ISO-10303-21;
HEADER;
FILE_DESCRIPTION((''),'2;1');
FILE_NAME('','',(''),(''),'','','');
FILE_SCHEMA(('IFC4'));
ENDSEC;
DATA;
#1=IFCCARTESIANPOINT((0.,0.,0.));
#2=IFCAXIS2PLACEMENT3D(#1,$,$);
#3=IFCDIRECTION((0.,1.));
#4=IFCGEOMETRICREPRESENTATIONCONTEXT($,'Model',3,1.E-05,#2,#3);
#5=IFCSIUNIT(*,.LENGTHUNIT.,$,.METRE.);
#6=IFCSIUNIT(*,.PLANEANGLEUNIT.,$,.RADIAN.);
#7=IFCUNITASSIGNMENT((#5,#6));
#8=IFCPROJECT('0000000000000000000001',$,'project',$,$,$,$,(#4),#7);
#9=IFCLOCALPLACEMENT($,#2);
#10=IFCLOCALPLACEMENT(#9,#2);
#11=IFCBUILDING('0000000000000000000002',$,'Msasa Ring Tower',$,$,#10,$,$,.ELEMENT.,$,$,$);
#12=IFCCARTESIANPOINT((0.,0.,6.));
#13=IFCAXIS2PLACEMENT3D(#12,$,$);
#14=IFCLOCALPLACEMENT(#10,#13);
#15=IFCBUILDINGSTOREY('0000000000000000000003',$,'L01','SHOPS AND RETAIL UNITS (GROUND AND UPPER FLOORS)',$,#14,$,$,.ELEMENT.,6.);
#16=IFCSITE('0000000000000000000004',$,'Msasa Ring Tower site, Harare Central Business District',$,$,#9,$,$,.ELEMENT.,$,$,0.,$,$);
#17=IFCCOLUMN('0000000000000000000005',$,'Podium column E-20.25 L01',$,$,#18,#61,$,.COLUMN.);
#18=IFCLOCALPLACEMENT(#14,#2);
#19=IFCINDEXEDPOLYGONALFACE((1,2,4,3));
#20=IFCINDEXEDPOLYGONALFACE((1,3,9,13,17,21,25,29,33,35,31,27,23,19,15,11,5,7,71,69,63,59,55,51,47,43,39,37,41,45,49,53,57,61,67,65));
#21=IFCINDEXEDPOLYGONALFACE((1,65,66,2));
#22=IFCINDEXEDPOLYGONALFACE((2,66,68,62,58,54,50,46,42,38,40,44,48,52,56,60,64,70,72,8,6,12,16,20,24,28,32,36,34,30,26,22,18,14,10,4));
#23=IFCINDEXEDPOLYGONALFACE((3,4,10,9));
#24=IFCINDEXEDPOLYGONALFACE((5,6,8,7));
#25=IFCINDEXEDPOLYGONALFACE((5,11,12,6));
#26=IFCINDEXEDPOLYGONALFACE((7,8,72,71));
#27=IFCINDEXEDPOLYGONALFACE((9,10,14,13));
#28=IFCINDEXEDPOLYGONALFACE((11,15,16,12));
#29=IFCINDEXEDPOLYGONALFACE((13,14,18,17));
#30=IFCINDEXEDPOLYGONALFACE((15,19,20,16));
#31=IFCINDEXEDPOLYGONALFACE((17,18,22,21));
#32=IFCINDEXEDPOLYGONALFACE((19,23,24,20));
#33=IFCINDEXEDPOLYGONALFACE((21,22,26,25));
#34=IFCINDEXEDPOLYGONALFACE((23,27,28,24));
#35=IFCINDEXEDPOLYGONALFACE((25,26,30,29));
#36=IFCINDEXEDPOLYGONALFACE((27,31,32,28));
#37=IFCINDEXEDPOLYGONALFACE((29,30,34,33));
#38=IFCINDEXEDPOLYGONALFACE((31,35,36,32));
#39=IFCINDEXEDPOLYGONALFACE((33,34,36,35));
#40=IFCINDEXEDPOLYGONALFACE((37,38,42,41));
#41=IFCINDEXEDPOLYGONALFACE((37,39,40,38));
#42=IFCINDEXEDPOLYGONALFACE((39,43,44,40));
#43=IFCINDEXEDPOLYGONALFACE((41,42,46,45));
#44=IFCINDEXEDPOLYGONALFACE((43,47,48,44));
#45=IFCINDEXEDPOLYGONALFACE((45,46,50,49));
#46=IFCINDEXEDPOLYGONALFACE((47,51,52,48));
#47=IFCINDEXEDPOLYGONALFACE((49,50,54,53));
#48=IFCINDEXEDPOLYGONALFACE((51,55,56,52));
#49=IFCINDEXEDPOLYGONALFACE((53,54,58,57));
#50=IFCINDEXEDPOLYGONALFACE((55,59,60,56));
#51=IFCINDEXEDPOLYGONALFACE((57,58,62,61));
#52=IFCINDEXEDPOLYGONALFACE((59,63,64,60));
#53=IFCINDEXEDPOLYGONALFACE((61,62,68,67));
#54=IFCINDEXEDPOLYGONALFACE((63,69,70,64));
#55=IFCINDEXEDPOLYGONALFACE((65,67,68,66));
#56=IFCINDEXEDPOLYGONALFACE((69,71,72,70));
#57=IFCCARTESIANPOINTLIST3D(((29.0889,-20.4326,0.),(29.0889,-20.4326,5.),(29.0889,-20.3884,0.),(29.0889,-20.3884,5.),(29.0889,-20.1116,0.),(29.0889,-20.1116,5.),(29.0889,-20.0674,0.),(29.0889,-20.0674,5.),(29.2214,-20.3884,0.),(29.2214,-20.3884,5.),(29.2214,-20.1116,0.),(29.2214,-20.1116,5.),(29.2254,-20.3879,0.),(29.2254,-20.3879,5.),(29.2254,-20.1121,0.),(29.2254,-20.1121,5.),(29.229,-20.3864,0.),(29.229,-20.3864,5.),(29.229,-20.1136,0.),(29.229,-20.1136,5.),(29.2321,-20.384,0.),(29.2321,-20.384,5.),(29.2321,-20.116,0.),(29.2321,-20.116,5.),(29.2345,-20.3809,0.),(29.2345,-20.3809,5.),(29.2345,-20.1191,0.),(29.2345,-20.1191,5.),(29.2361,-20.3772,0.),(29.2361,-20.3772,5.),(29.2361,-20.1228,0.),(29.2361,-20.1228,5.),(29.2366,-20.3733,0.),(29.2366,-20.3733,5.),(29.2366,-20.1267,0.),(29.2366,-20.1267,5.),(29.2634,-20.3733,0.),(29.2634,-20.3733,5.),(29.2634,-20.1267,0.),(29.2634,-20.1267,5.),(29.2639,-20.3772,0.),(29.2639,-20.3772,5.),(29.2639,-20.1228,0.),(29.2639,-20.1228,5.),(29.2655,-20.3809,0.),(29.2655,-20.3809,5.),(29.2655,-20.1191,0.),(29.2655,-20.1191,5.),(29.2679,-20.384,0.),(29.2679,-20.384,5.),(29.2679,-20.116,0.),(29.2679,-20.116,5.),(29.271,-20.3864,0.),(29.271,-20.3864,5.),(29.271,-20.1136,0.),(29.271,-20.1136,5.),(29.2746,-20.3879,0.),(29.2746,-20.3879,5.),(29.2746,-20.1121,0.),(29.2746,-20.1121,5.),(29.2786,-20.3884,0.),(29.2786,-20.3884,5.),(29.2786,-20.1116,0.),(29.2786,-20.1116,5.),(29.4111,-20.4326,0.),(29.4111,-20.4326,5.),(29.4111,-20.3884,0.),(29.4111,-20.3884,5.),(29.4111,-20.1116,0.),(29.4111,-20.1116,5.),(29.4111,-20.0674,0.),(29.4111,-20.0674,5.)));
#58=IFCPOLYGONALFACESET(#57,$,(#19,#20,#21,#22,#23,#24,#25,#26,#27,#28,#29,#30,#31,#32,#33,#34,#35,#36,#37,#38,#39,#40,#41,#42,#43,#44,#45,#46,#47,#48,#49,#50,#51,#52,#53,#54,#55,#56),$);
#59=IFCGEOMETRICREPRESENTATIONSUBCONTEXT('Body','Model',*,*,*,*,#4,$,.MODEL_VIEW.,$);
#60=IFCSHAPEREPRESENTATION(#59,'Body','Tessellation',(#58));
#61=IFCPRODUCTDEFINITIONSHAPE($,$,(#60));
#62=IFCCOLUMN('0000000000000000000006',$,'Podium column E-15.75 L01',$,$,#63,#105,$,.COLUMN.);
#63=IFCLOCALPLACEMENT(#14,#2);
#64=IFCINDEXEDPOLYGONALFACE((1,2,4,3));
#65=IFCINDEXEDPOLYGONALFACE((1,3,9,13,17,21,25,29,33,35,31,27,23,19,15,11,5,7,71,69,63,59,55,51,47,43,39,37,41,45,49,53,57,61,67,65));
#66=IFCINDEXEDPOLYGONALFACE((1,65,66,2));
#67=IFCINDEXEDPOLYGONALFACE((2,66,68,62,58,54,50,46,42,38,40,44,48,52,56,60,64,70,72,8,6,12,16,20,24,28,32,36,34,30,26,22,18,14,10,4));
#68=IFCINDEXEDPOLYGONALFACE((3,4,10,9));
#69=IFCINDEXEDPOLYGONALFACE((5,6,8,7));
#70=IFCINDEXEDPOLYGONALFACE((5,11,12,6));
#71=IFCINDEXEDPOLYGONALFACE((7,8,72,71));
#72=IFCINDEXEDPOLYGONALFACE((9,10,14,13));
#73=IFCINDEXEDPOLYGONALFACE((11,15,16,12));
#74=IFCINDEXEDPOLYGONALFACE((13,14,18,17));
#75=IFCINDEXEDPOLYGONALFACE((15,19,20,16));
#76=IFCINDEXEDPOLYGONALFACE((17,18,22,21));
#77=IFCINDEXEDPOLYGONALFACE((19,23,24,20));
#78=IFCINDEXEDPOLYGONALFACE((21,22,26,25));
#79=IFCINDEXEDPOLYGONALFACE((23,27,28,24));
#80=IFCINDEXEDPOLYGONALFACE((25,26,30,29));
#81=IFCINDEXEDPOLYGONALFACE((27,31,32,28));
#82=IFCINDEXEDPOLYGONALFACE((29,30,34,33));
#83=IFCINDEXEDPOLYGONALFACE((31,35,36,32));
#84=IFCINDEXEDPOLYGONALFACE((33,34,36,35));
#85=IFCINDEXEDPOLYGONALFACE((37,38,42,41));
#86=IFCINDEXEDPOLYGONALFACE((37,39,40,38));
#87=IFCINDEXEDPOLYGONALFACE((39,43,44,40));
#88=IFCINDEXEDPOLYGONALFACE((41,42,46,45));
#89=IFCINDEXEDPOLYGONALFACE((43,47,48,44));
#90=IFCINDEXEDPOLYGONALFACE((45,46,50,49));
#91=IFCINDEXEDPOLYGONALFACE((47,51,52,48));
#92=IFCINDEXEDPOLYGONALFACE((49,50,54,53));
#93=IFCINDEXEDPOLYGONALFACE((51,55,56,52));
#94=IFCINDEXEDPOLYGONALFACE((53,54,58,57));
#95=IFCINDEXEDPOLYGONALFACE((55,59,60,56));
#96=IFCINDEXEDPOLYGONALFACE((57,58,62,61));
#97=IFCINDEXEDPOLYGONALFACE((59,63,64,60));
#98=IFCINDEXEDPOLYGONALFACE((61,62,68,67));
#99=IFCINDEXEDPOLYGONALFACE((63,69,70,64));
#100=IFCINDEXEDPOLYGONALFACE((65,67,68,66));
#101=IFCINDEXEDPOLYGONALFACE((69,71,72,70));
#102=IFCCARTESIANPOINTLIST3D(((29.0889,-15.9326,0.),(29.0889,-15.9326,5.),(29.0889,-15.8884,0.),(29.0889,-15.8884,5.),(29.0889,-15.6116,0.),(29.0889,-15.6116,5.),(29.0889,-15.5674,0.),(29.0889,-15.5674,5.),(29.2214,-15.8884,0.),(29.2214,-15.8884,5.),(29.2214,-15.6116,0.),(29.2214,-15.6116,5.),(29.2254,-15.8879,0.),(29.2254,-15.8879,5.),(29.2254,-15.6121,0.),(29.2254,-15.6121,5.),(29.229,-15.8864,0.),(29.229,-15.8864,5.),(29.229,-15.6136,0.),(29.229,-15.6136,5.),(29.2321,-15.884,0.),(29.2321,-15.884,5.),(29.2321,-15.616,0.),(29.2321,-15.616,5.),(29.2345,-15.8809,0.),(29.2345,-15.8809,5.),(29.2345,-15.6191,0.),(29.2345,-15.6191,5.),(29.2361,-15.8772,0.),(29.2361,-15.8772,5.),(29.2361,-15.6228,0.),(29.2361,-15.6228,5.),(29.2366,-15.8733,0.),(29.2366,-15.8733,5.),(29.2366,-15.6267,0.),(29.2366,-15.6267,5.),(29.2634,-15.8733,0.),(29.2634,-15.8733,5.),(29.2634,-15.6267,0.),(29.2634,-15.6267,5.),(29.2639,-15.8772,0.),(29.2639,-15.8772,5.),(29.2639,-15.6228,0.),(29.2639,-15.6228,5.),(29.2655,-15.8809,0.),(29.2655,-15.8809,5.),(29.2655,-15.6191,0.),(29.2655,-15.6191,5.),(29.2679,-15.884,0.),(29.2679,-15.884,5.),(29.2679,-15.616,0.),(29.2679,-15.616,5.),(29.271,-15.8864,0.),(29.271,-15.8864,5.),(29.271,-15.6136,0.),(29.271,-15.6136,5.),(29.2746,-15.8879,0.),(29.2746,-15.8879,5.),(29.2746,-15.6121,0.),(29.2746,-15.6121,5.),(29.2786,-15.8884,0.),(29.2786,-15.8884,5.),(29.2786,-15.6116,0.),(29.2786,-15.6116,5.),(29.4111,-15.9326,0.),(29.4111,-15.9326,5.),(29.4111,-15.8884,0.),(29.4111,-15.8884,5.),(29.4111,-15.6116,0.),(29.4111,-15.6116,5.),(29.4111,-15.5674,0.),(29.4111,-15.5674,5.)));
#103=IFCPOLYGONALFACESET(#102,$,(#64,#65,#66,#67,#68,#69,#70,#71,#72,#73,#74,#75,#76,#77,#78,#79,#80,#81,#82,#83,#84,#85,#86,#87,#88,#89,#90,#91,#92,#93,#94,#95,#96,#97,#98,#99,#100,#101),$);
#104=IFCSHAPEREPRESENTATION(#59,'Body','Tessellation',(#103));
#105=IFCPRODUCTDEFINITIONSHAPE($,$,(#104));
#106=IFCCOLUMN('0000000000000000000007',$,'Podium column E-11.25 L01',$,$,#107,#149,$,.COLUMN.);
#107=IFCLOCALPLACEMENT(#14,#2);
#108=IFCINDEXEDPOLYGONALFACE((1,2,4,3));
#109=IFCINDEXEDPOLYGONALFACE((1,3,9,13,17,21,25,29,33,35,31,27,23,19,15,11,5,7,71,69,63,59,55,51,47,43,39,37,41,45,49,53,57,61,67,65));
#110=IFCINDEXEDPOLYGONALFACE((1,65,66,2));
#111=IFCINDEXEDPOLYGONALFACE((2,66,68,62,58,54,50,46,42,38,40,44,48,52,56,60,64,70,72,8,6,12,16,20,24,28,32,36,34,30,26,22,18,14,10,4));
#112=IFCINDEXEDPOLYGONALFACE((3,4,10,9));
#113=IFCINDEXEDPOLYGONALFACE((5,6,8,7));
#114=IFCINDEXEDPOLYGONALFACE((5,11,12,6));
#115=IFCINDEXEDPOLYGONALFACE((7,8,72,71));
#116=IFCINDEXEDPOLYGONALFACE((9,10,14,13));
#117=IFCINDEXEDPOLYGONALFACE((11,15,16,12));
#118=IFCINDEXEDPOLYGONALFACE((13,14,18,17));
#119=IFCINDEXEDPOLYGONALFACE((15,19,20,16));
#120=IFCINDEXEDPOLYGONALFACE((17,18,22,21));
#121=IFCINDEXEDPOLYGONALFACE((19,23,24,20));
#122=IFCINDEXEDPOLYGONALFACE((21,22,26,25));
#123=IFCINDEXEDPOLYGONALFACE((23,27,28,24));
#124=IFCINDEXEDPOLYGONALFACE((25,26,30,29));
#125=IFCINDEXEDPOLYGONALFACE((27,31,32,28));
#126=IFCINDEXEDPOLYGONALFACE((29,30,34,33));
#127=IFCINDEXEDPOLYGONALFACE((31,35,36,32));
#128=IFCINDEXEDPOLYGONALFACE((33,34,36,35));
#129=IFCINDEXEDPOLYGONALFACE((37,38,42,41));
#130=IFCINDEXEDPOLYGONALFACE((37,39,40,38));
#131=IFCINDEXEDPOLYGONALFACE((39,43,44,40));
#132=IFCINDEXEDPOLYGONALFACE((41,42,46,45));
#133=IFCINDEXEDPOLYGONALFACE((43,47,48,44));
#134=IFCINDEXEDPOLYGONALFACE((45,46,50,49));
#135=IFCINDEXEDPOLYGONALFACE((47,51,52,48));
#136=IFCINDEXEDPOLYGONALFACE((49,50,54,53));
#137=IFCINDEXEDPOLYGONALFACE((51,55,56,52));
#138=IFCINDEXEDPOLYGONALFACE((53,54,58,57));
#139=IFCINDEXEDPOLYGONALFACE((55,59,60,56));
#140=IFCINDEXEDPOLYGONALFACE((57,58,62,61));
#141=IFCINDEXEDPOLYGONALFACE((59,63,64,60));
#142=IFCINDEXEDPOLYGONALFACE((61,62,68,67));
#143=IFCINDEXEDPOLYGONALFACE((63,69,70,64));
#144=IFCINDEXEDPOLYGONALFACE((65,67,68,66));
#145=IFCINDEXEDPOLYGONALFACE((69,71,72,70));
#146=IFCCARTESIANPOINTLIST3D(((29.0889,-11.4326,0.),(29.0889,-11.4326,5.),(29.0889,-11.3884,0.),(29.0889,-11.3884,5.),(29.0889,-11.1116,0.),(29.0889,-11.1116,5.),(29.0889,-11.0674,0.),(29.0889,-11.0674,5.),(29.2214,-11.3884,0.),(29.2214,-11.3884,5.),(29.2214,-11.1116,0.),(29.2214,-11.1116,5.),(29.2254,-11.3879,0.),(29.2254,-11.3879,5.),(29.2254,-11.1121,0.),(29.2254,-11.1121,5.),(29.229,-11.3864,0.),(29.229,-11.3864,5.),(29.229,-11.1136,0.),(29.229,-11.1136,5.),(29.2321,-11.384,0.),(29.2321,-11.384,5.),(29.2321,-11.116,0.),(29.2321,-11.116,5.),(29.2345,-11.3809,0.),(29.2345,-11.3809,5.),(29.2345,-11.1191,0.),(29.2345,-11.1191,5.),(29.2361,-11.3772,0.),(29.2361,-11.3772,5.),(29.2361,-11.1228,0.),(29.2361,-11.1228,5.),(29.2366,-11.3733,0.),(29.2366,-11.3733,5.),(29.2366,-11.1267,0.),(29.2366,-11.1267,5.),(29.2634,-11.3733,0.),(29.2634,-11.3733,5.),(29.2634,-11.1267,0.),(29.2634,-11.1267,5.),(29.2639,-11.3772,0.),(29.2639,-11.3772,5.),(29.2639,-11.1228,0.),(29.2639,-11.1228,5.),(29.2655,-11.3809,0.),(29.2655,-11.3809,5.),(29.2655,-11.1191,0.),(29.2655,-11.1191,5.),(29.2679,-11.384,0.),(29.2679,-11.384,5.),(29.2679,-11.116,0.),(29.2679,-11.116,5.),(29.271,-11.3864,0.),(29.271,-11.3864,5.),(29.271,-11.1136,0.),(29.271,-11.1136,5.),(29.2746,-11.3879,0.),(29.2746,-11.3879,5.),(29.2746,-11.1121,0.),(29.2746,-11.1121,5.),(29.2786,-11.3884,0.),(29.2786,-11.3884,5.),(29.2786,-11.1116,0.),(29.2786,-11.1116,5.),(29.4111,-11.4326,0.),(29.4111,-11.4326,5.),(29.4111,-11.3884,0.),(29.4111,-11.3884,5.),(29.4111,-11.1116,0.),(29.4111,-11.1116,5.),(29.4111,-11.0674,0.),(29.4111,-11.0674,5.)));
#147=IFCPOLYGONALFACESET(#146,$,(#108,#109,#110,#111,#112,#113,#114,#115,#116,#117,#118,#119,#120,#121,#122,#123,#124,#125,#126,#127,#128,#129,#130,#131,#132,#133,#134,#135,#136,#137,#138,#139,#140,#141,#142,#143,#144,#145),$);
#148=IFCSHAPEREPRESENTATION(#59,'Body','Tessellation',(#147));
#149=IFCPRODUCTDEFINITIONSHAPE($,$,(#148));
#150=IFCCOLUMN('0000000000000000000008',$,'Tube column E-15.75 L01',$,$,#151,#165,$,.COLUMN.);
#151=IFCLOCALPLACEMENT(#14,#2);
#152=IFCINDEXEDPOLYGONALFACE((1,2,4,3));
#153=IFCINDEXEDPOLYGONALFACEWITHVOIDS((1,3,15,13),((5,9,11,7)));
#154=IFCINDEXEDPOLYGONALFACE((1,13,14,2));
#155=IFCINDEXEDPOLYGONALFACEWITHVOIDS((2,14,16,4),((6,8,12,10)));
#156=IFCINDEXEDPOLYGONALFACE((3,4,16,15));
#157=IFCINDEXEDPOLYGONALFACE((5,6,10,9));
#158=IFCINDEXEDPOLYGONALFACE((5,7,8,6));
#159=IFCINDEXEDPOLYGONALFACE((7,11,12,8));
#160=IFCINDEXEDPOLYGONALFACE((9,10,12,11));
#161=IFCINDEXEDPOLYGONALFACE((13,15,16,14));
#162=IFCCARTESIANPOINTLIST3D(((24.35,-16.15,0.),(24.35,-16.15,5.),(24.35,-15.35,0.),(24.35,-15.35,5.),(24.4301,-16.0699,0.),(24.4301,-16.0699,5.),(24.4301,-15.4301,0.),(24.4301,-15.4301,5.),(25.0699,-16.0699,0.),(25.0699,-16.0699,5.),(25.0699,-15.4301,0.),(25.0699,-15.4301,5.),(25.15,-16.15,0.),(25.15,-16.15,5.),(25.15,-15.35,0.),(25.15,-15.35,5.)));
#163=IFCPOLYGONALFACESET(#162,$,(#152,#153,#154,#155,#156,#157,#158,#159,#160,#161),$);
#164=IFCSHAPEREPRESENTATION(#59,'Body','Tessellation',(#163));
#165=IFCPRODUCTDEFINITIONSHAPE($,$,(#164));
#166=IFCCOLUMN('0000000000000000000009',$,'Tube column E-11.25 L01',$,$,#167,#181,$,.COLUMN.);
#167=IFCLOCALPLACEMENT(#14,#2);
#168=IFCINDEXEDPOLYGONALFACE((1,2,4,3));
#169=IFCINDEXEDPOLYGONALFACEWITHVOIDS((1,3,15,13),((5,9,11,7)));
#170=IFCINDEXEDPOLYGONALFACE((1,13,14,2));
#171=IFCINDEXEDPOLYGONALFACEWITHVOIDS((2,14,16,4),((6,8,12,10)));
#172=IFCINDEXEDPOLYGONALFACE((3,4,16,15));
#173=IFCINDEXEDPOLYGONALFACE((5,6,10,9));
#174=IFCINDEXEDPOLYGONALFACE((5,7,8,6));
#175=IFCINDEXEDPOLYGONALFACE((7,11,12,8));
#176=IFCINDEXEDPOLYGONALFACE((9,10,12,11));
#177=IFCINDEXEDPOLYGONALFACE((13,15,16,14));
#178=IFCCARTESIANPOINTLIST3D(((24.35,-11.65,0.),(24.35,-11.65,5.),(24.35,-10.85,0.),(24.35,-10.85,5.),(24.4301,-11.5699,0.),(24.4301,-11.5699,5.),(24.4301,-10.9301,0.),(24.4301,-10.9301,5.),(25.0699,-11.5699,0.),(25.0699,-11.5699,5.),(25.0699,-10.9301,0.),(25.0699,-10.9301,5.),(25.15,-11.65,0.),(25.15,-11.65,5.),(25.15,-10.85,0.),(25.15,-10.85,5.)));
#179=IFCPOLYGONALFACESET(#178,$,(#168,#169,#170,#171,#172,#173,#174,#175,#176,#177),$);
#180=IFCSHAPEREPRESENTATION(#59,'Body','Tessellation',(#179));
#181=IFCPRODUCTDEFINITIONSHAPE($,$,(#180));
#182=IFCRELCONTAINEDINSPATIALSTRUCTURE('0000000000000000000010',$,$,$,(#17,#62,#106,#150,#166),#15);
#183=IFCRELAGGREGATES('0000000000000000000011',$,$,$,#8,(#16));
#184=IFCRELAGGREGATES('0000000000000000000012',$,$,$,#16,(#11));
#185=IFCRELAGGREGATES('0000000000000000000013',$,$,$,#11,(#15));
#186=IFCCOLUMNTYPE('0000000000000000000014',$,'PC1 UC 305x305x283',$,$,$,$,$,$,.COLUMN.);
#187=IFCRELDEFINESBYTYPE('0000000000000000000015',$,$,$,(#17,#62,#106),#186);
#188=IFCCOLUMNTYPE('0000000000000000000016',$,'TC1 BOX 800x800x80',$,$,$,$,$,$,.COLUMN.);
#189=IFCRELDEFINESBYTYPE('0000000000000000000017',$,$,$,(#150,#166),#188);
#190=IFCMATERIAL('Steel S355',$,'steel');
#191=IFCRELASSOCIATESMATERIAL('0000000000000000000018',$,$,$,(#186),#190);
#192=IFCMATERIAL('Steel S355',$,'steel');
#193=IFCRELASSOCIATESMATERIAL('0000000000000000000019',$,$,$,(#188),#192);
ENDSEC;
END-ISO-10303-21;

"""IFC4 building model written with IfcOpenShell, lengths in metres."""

from ifc_helpers import new_model, si_unit, direction, frame, origin, origin_2d, place, context, subcontext, project, spatial, hollow_rectangle, i_section, extrude, material, material_profile, profile_set, type_object, element, save


model = new_model("IFC4")

# Units and contexts
model_context = context("Model", 3, precision=1e-05, world=origin(), true_north=direction((0.0, 1.0)))
body_context = subcontext(model_context, "Body", "Model", "MODEL_VIEW")
ifc_project = project(units=[si_unit("LENGTHUNIT", "METRE"), si_unit("PLANEANGLEUNIT", "RADIAN")], contexts=[model_context])

# Site, building, storey
site_placement = place(None, origin())
site = spatial("IfcSite", under=ifc_project, at=site_placement, Name="Msasa Ring Tower site, Harare Central Business District", CompositionType="ELEMENT", RefElevation=0.0)
building_placement = place(site_placement, origin())
building = spatial("IfcBuilding", under=site, at=building_placement, Name="Msasa Ring Tower", CompositionType="ELEMENT")
storey_placement = place(building_placement, frame((0.0, 0.0, 6.0)))
storey = spatial("IfcBuildingStorey", under=building, at=storey_placement, Name="L01", Description="SHOPS AND RETAIL UNITS (GROUND AND UPPER FLOORS)", CompositionType="ELEMENT", Elevation=6.0)

# Columns
ifc_material_1 = material(Name="Steel S355", Category="steel")
ifc_material_profile_1 = material_profile(ifc_material_1, i_section(OverallWidth=0.3223, OverallDepth=0.3652, WebThickness=0.0269, FlangeThickness=0.0442, FilletRadius=0.0151, at=origin_2d()), Name="UC 305x305x283")
ifc_profile_set_1 = profile_set([ifc_material_profile_1], Name="Steel S355")
column_type_1 = type_object("IfcColumnType", Name="PC1 UC 305x305x283", PredefinedType="COLUMN", material=ifc_profile_set_1)
for number, where, z_axis, x_axis, name in (
    (1, (29.25, -20.25, 0.0), (0.0, 0.0, 1.0), (1.0, 0.0, 0.0), "Podium column E-20.25 L01"),
    (2, (29.25, -15.75, 0.0), (0.0, 0.0, 1.0), (1.0, 0.0, 0.0), "Podium column E-15.75 L01"),
    (3, (29.25, -11.25, 0.0), (0.0, 0.0, 1.0), (1.0, 0.0, 0.0), "Podium column E-11.25 L01"),
):
    element("IfcColumn", number, at=place(storey_placement, frame(where, z_axis=z_axis, x_axis=x_axis)), inside=storey, type_object=column_type_1, Name=name, PredefinedType="COLUMN", context=body_context, shape_type="SweptSolid", body=[
        extrude(i_section(OverallWidth=0.3223, OverallDepth=0.3652, WebThickness=0.0269, FlangeThickness=0.0442, FilletRadius=0.0151, at=origin_2d()), origin(), (0.0, 0.0, 1.0), 5.0),
    ])
ifc_material_2 = material(Name="Steel S355", Category="steel")
ifc_material_profile_2 = material_profile(ifc_material_2, hollow_rectangle(XDim=0.8, YDim=0.8, WallThickness=0.0801, at=origin_2d()), Name="BOX 800x800x80")
ifc_profile_set_2 = profile_set([ifc_material_profile_2], Name="Steel S355")
column_type_2 = type_object("IfcColumnType", Name="TC1 BOX 800x800x80", PredefinedType="COLUMN", material=ifc_profile_set_2)
for number, where, z_axis, x_axis, name in (
    (4, (24.75, -15.75, 0.0), (0.0, 0.0, 1.0), (1.0, 0.0, 0.0), "Tube column E-15.75 L01"),
    (5, (24.75, -11.25, 0.0), (0.0, 0.0, 1.0), (1.0, 0.0, 0.0), "Tube column E-11.25 L01"),
):
    element("IfcColumn", number, at=place(storey_placement, frame(where, z_axis=z_axis, x_axis=x_axis)), inside=storey, type_object=column_type_2, Name=name, PredefinedType="COLUMN", context=body_context, shape_type="SweptSolid", body=[
        extrude(hollow_rectangle(XDim=0.8, YDim=0.8, WallThickness=0.0801, at=origin_2d()), origin(), (0.0, 0.0, 1.0), 5.0),
    ])

save(model, "model.ifc")
